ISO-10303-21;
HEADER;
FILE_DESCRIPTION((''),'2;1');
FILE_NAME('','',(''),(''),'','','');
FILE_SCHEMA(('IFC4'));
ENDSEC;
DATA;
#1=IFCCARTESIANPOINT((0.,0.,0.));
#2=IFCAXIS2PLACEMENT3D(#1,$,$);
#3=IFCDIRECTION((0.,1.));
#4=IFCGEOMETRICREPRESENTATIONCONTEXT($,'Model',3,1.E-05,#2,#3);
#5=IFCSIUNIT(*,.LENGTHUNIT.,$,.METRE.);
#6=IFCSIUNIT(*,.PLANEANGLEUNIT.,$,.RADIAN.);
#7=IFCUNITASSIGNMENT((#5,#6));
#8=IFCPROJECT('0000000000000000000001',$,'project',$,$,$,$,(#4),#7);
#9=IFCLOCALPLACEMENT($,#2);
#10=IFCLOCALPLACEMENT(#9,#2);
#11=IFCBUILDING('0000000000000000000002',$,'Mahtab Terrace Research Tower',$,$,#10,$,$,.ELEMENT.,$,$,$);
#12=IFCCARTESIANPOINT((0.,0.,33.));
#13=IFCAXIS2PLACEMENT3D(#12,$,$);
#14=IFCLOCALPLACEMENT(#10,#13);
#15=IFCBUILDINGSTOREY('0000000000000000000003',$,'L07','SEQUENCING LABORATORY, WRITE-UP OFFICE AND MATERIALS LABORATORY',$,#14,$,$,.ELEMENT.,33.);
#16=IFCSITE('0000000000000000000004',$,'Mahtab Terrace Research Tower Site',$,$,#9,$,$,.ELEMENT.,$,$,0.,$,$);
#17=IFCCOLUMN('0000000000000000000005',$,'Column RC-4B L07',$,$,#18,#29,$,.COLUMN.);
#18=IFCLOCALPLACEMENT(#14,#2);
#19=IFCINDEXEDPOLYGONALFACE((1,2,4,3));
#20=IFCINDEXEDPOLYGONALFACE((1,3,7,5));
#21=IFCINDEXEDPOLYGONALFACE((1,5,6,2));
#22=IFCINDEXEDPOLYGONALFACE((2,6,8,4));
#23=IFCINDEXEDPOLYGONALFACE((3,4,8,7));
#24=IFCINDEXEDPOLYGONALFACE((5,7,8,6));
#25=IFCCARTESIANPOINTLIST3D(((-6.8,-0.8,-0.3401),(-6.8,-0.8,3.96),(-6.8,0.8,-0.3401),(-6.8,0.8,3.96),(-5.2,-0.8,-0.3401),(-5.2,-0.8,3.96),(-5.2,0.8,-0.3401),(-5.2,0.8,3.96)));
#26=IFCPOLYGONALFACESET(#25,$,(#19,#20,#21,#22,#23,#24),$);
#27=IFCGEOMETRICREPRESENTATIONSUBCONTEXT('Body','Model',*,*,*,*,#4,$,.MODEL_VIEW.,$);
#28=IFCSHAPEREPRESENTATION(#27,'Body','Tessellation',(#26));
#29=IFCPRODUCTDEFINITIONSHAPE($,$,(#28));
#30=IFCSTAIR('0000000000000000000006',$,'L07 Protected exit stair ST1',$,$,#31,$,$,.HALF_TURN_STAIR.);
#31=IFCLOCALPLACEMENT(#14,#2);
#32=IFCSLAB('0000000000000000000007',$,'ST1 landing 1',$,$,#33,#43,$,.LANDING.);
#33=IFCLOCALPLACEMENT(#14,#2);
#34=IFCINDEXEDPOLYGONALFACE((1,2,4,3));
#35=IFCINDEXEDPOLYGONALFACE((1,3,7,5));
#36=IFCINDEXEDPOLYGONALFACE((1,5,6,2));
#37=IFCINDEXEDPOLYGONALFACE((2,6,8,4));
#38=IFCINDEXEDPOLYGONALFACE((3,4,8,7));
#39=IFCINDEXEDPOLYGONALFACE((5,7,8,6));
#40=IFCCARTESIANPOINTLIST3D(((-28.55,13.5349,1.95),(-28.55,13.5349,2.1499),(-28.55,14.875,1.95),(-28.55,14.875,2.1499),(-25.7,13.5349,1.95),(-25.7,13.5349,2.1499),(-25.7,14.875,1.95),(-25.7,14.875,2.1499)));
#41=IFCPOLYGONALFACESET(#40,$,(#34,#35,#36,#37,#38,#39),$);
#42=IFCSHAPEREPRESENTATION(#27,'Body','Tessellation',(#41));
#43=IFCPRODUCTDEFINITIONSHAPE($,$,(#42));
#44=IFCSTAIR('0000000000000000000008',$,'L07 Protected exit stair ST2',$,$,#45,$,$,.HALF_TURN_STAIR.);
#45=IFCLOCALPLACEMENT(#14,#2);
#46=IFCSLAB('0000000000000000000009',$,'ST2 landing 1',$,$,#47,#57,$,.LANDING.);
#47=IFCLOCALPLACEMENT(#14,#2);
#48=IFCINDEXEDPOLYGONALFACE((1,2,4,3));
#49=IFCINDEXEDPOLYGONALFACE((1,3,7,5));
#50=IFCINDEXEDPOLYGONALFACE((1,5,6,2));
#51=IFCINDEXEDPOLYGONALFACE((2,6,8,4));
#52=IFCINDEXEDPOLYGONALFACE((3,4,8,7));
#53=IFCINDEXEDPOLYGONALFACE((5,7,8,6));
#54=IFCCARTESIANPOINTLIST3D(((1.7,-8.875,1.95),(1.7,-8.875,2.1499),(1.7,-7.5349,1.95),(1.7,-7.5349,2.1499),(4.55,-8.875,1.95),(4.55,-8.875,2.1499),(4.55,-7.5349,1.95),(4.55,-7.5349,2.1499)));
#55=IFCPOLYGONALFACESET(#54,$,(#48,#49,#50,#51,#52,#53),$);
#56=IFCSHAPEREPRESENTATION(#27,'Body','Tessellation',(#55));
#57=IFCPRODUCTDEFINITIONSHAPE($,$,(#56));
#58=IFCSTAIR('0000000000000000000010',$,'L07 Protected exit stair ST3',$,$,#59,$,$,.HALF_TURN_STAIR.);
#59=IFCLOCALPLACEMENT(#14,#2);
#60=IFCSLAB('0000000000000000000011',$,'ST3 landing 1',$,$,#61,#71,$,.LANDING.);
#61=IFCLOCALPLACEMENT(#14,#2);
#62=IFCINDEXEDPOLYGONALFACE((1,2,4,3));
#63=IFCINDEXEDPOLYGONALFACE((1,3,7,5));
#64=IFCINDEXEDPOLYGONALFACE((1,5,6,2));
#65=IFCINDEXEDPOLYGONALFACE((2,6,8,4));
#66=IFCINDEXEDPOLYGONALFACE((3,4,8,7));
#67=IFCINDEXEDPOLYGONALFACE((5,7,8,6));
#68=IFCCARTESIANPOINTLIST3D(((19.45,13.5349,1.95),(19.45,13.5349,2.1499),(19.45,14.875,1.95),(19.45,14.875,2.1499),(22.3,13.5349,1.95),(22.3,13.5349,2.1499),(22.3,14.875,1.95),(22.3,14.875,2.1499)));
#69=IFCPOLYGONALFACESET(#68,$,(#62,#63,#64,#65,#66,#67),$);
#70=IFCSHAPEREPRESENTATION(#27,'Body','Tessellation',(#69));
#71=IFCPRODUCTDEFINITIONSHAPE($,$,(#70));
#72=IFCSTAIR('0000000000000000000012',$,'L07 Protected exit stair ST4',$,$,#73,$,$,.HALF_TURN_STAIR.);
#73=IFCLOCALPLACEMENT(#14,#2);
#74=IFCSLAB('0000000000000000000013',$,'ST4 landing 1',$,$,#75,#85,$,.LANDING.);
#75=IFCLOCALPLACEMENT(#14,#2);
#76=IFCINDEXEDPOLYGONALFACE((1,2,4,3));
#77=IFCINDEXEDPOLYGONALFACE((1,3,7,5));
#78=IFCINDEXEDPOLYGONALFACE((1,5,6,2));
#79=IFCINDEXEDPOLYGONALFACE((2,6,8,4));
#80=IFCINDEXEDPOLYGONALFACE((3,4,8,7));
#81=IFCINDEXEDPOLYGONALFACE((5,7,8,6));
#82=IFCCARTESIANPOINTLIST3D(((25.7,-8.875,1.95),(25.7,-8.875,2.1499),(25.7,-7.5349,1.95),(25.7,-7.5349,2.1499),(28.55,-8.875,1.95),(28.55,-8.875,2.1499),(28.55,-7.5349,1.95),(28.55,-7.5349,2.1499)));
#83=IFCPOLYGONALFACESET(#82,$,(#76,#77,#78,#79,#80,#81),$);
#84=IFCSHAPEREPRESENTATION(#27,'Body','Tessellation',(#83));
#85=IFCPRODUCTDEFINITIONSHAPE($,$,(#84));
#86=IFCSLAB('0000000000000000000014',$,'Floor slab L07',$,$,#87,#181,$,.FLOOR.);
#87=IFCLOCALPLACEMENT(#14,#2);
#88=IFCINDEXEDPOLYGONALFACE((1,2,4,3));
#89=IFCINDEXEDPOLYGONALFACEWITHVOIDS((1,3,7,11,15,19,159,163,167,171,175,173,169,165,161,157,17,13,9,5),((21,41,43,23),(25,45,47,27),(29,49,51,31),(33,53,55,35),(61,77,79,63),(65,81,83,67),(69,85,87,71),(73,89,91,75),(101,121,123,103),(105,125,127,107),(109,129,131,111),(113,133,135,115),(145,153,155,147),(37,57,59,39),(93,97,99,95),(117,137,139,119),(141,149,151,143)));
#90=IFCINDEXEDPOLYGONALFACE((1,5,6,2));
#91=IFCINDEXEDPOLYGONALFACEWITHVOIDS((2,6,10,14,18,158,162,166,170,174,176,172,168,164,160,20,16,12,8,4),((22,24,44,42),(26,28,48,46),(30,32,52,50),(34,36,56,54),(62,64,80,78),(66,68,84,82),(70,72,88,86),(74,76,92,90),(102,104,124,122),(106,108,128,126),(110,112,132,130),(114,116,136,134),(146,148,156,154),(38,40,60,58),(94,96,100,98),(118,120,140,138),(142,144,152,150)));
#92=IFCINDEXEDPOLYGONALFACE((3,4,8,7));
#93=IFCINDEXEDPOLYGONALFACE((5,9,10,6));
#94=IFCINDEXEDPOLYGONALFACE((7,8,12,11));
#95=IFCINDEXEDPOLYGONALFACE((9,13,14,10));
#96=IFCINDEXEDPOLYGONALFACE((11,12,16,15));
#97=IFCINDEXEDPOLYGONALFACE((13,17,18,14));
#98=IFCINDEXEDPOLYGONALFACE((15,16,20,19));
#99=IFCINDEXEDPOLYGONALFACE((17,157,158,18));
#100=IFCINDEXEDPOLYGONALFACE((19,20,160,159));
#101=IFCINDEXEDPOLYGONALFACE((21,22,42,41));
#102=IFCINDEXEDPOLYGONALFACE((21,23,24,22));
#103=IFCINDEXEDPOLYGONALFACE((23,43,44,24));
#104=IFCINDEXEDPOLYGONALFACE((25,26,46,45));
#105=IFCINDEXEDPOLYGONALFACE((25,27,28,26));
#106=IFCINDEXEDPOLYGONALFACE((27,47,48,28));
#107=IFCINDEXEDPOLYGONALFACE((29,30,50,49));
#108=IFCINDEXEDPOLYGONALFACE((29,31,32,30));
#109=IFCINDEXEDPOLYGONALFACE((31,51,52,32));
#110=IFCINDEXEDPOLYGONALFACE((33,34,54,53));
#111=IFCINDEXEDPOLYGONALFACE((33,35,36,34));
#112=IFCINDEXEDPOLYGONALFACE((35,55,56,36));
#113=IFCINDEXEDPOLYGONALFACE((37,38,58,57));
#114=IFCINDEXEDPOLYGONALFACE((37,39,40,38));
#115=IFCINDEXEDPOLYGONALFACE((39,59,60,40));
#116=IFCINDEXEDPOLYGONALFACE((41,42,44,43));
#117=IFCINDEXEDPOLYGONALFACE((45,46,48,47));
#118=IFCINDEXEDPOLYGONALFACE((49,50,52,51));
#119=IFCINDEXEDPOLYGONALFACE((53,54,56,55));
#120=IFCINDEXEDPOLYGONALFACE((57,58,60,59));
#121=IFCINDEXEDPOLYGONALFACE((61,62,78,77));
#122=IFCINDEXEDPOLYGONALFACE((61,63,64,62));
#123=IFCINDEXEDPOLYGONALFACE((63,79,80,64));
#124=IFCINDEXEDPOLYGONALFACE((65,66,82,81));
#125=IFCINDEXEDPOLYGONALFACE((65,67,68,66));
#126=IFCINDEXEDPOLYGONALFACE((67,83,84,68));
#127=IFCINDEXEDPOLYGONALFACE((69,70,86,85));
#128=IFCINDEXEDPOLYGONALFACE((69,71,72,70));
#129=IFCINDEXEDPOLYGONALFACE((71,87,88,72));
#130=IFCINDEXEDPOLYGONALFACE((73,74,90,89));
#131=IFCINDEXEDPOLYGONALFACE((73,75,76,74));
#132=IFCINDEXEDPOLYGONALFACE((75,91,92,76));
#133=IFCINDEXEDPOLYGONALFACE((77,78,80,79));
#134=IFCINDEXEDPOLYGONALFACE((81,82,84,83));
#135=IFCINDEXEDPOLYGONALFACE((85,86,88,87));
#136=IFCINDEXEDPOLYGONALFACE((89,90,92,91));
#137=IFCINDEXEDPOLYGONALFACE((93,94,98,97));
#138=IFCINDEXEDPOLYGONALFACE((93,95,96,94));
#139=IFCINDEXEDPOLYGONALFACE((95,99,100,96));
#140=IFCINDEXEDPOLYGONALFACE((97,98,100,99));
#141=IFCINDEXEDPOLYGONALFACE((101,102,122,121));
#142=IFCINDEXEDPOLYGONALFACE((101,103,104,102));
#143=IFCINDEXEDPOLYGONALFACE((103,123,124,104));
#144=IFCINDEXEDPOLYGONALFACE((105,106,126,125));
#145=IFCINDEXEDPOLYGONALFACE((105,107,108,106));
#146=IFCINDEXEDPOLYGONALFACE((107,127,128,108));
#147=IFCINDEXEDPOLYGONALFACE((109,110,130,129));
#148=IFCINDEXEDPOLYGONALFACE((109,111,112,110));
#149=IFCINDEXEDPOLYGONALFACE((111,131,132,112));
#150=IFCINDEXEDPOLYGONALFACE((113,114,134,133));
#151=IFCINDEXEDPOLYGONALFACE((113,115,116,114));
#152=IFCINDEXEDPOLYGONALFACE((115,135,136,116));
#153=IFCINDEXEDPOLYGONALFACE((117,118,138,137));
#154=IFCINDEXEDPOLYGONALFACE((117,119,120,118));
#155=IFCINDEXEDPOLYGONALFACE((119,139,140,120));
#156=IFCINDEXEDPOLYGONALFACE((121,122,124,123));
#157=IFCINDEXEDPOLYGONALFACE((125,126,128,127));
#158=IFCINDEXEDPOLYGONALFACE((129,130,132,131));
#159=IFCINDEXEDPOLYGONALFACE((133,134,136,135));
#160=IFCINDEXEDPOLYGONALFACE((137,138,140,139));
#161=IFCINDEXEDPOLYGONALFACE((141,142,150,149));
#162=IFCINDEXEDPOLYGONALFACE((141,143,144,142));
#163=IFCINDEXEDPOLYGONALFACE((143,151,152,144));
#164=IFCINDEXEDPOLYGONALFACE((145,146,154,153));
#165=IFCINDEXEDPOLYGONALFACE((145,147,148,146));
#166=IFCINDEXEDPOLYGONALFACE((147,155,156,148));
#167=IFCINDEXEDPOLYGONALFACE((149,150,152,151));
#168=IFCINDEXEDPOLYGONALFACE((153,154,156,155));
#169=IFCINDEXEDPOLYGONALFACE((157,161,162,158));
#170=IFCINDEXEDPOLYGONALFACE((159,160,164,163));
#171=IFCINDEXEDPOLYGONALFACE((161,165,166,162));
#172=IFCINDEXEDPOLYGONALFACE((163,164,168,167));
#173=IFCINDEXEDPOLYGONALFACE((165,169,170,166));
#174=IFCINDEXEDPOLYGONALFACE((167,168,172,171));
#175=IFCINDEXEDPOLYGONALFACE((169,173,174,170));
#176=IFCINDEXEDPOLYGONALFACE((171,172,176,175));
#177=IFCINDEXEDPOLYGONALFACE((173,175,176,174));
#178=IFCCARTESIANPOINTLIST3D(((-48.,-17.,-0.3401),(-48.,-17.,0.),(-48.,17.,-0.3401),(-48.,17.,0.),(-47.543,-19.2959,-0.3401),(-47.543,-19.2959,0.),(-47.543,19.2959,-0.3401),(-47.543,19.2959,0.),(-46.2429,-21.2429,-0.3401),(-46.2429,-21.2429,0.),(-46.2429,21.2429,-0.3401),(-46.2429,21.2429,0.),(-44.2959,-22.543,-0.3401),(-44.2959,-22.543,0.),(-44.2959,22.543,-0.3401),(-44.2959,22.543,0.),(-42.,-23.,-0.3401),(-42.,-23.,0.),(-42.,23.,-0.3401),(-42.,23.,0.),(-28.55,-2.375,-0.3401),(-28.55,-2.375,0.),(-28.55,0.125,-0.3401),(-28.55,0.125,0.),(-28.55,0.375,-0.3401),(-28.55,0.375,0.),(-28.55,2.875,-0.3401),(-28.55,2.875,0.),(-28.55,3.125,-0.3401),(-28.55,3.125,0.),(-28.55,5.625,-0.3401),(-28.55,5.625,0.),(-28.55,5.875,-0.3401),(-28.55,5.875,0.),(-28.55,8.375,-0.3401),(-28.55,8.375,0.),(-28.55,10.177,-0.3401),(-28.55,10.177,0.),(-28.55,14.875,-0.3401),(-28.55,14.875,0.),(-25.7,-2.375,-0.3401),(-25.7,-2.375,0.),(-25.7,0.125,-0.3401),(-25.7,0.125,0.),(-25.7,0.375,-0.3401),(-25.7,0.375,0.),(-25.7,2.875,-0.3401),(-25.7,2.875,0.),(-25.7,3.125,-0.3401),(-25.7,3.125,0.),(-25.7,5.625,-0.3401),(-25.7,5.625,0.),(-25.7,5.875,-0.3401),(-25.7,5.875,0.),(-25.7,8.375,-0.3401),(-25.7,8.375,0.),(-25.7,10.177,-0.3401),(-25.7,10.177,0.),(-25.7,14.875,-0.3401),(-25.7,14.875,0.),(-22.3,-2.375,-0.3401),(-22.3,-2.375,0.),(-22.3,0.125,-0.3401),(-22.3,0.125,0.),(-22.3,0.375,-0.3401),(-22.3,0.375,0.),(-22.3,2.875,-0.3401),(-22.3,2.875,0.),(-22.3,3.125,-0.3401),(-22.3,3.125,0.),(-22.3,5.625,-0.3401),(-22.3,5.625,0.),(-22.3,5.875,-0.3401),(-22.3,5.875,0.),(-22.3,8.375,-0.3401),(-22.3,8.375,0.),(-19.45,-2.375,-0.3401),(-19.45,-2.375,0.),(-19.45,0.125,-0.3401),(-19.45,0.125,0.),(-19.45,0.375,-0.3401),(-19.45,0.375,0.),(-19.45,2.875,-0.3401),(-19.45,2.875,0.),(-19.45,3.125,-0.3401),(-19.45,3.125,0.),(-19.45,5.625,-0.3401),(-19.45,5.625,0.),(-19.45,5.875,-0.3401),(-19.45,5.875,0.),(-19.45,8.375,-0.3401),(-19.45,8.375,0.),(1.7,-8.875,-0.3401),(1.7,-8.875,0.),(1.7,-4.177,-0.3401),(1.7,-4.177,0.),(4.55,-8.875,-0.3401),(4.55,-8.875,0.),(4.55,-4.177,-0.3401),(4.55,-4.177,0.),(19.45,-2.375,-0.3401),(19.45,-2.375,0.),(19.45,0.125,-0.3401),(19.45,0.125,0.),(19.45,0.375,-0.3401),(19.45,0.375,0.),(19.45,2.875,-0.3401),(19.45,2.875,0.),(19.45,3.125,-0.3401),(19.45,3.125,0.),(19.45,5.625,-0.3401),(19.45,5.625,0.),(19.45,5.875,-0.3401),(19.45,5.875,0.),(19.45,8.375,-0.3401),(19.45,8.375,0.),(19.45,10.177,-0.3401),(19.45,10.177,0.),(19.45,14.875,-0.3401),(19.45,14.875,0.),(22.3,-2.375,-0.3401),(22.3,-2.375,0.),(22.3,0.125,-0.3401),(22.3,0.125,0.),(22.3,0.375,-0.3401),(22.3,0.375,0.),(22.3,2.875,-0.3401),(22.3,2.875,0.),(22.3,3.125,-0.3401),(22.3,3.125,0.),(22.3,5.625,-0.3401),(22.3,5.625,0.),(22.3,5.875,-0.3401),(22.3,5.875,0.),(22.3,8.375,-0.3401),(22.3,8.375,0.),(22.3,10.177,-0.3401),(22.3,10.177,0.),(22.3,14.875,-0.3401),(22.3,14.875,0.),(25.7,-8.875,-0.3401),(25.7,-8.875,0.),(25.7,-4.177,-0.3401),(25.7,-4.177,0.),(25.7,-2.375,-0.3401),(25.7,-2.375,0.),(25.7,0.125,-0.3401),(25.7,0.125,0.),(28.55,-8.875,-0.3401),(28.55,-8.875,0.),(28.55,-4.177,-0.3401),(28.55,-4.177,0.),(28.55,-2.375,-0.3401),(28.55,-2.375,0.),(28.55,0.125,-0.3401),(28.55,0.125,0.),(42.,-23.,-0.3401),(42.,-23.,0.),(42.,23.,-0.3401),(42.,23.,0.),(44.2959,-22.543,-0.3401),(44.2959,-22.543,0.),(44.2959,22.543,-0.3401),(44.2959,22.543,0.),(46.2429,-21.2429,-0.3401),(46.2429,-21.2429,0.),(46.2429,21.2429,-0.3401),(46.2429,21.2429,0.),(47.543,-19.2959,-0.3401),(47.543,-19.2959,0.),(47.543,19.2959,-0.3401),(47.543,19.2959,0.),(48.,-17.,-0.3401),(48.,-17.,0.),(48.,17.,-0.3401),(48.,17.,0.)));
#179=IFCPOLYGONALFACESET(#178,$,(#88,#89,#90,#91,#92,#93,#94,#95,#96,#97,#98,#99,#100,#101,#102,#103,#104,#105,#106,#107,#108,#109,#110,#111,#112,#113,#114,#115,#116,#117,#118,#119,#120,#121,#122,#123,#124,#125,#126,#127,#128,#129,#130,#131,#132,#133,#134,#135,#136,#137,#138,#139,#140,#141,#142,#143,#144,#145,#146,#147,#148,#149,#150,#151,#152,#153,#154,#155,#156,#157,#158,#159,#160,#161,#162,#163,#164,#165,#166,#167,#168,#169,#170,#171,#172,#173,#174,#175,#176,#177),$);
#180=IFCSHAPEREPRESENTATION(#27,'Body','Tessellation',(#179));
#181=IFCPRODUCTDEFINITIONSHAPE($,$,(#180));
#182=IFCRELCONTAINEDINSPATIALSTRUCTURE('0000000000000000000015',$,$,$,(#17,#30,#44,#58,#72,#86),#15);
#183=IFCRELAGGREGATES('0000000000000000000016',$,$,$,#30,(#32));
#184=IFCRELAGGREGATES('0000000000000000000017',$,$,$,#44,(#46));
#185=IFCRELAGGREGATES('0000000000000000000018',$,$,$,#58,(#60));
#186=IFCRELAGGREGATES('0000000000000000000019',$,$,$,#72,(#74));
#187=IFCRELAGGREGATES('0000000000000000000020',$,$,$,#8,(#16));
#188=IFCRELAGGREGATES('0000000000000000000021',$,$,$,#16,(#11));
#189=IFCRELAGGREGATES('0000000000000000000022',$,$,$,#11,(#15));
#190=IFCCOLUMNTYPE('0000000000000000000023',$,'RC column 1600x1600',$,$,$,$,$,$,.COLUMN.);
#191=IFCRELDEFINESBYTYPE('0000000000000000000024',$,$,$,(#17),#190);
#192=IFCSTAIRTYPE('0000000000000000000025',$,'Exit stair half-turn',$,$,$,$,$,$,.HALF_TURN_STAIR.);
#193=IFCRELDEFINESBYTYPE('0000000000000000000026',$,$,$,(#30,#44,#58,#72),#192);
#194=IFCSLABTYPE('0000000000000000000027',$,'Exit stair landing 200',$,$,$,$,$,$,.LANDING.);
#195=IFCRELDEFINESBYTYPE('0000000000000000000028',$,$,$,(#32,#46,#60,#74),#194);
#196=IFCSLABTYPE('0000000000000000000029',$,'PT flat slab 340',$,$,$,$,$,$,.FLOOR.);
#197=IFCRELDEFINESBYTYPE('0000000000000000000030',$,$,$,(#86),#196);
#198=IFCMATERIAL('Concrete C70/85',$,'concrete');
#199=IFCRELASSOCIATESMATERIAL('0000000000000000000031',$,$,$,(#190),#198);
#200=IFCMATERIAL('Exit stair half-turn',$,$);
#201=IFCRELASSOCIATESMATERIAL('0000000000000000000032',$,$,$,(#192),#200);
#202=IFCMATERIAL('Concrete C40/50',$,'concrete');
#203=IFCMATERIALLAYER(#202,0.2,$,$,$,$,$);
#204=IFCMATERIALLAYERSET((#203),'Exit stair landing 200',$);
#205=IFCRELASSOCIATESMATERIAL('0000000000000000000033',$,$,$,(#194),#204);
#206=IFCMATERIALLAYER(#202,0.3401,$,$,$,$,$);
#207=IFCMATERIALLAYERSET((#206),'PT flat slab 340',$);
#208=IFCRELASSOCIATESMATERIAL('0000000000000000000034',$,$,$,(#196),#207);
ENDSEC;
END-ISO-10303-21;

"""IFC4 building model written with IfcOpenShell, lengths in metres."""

from ifc_helpers import new_model, si_unit, direction, frame, origin, origin_2d, place, context, subcontext, project, spatial, polyline, rectangle, outline, extrude, material, layer, layer_set, material_profile, profile_set, type_object, element, aggregate, save


model = new_model("IFC4")

# Units and contexts
model_context = context("Model", 3, precision=1e-05, world=origin(), true_north=direction((0.0, 1.0)))
body_context = subcontext(model_context, "Body", "Model", "MODEL_VIEW")
ifc_project = project(units=[si_unit("LENGTHUNIT", "METRE"), si_unit("PLANEANGLEUNIT", "RADIAN")], contexts=[model_context])

# Site, building, storey
site_placement = place(None, origin())
site = spatial("IfcSite", under=ifc_project, at=site_placement, Name="Mahtab Terrace Research Tower Site", CompositionType="ELEMENT", RefElevation=0.0)
building_placement = place(site_placement, origin())
building = spatial("IfcBuilding", under=site, at=building_placement, Name="Mahtab Terrace Research Tower", CompositionType="ELEMENT")
storey_placement = place(building_placement, frame((0.0, 0.0, 33.0)))
storey = spatial("IfcBuildingStorey", under=building, at=storey_placement, Name="L07", Description="SEQUENCING LABORATORY, WRITE-UP OFFICE AND MATERIALS LABORATORY", CompositionType="ELEMENT", Elevation=33.0)

# Column
ifc_material_1 = material(Name="Concrete C70/85", Category="concrete")
ifc_material_profile = material_profile(ifc_material_1, rectangle(XDim=1.6001, YDim=1.6001, at=origin_2d()), Name="RC column 1600x1600")
ifc_profile_set = profile_set([ifc_material_profile], Name="Concrete C70/85")
column_type = type_object("IfcColumnType", Name="RC column 1600x1600", PredefinedType="COLUMN", material=ifc_profile_set)
column_placement = place(storey_placement, frame((-6.0, 0.0, -0.3401), z_axis=(0.0, 0.0, 1.0), x_axis=(1.0, 0.0, 0.0)))
element("IfcColumn", 1, at=column_placement, inside=storey, type_object=column_type, Name="Column RC-4B L07", PredefinedType="COLUMN", context=body_context, shape_type="SweptSolid", body=[
    extrude(rectangle(XDim=1.6001, YDim=1.6001, at=origin_2d()), origin(), (0.0, 0.0, 1.0), 4.3),
])

# Stairs, slabs
ifc_material_2 = material(Name="Exit stair half-turn")
stair_type = type_object("IfcStairType", Name="Exit stair half-turn", PredefinedType="HALF_TURN_STAIR", material=ifc_material_2)
stair_1_placement = place(storey_placement, origin())
stair_1 = element("IfcStair", 2, at=stair_1_placement, inside=storey, type_object=stair_type, Name="L07 Protected exit stair ST1", PredefinedType="HALF_TURN_STAIR")
ifc_material_3 = material(Name="Concrete C40/50", Category="concrete")
ifc_layer_1 = layer(ifc_material_3, 0.2)
ifc_layer_set_1 = layer_set([ifc_layer_1], Name="Exit stair landing 200")
slab_type_1 = type_object("IfcSlabType", Name="Exit stair landing 200", PredefinedType="LANDING", material=ifc_layer_set_1)
slab_1_placement = place(storey_placement, frame((0.0, 0.0, 1.95)))
slab_1 = element("IfcSlab", 3, at=slab_1_placement, type_object=slab_type_1, Name="ST1 landing 1", PredefinedType="LANDING", context=body_context, shape_type="SweptSolid", body=[
    extrude(outline(polyline([(-25.7, 13.5349), (-25.7, 14.875), (-28.55, 14.875), (-28.55, 13.5349), (-25.7, 13.5349)])), origin(), (0.0, 0.0, 1.0), 0.2),
])
aggregate(stair_1, [slab_1])
stair_2_placement = place(storey_placement, origin())
stair_2 = element("IfcStair", 4, at=stair_2_placement, inside=storey, type_object=stair_type, Name="L07 Protected exit stair ST2", PredefinedType="HALF_TURN_STAIR")
slab_2_placement = place(storey_placement, frame((0.0, 0.0, 1.95)))
slab_2 = element("IfcSlab", 5, at=slab_2_placement, type_object=slab_type_1, Name="ST2 landing 1", PredefinedType="LANDING", context=body_context, shape_type="SweptSolid", body=[
    extrude(outline(polyline([(1.7, -7.5349), (1.7, -8.875), (4.55, -8.875), (4.55, -7.5349), (1.7, -7.5349)])), origin(), (0.0, 0.0, 1.0), 0.2),
])
aggregate(stair_2, [slab_2])
stair_3_placement = place(storey_placement, origin())
stair_3 = element("IfcStair", 6, at=stair_3_placement, inside=storey, type_object=stair_type, Name="L07 Protected exit stair ST3", PredefinedType="HALF_TURN_STAIR")
slab_3_placement = place(storey_placement, frame((0.0, 0.0, 1.95)))
slab_3 = element("IfcSlab", 7, at=slab_3_placement, type_object=slab_type_1, Name="ST3 landing 1", PredefinedType="LANDING", context=body_context, shape_type="SweptSolid", body=[
    extrude(outline(polyline([(22.3, 13.5349), (22.3, 14.875), (19.45, 14.875), (19.45, 13.5349), (22.3, 13.5349)])), origin(), (0.0, 0.0, 1.0), 0.2),
])
aggregate(stair_3, [slab_3])
stair_4_placement = place(storey_placement, origin())
stair_4 = element("IfcStair", 8, at=stair_4_placement, inside=storey, type_object=stair_type, Name="L07 Protected exit stair ST4", PredefinedType="HALF_TURN_STAIR")
slab_4_placement = place(storey_placement, frame((0.0, 0.0, 1.95)))
slab_4 = element("IfcSlab", 9, at=slab_4_placement, type_object=slab_type_1, Name="ST4 landing 1", PredefinedType="LANDING", context=body_context, shape_type="SweptSolid", body=[
    extrude(outline(polyline([(25.7, -7.5349), (25.7, -8.875), (28.55, -8.875), (28.55, -7.5349), (25.7, -7.5349)])), origin(), (0.0, 0.0, 1.0), 0.2),
])
aggregate(stair_4, [slab_4])

# Slab
ifc_layer_2 = layer(ifc_material_3, 0.3401)
ifc_layer_set_2 = layer_set([ifc_layer_2], Name="PT flat slab 340")
slab_type_2 = type_object("IfcSlabType", Name="PT flat slab 340", PredefinedType="FLOOR", material=ifc_layer_set_2)
slab_5_placement = place(storey_placement, frame((0.0, 0.0, -0.3401)))
element("IfcSlab", 10, at=slab_5_placement, inside=storey, type_object=slab_type_2, Name="Floor slab L07", PredefinedType="FLOOR", context=body_context, shape_type="SweptSolid", body=[
    extrude(outline(polyline([(47.543, 19.2959), (46.2429, 21.2429), (44.2959, 22.543), (42.0, 23.0), (-42.0, 23.0), (-44.2959, 22.543), (-46.2429, 21.2429), (-47.543, 19.2959), (-48.0, 17.0), (-48.0, -17.0), (-47.543, -19.2959), (-46.2429, -21.2429), (-44.2959, -22.543), (-42.0, -23.0), (42.0, -23.0), (44.2959, -22.543), (46.2429, -21.2429), (47.543, -19.2959), (48.0, -17.0), (48.0, 17.0), (47.543, 19.2959)]), holes=[polyline([(-28.55, -2.375), (-28.55, 0.125), (-25.7, 0.125), (-25.7, -2.375), (-28.55, -2.375)]), polyline([(-22.3, -2.375), (-22.3, 0.125), (-19.45, 0.125), (-19.45, -2.375), (-22.3, -2.375)]), polyline([(-28.55, 0.375), (-28.55, 2.875), (-25.7, 2.875), (-25.7, 0.375), (-28.55, 0.375)]), polyline([(-22.3, 0.375), (-22.3, 2.875), (-19.45, 2.875), (-19.45, 0.375), (-22.3, 0.375)]), polyline([(-28.55, 3.125), (-28.55, 5.625), (-25.7, 5.625), (-25.7, 3.125), (-28.55, 3.125)]), polyline([(-22.3, 3.125), (-22.3, 5.625), (-19.45, 5.625), (-19.45, 3.125), (-22.3, 3.125)]), polyline([(-28.55, 5.875), (-28.55, 8.375), (-25.7, 8.375), (-25.7, 5.875), (-28.55, 5.875)]), polyline([(-22.3, 5.875), (-22.3, 8.375), (-19.45, 8.375), (-19.45, 5.875), (-22.3, 5.875)]), polyline([(-28.55, 10.177), (-28.55, 14.875), (-25.7, 14.875), (-25.7, 10.177), (-28.55, 10.177)]), polyline([(1.7, -8.875), (1.7, -4.177), (4.55, -4.177), (4.55, -8.875), (1.7, -8.875)]), polyline([(25.7, -8.875), (25.7, -4.177), (28.55, -4.177), (28.55, -8.875), (25.7, -8.875)]), polyline([(19.45, -2.375), (19.45, 0.125), (22.3, 0.125), (22.3, -2.375), (19.45, -2.375)]), polyline([(25.7, -2.375), (25.7, 0.125), (28.55, 0.125), (28.55, -2.375), (25.7, -2.375)]), polyline([(19.45, 0.375), (19.45, 2.875), (22.3, 2.875), (22.3, 0.375), (19.45, 0.375)]), polyline([(19.45, 3.125), (19.45, 5.625), (22.3, 5.625), (22.3, 3.125), (19.45, 3.125)]), polyline([(19.45, 8.375), (22.3, 8.375), (22.3, 5.875), (19.45, 5.875), (19.45, 8.375)]), polyline([(19.45, 14.875), (22.3, 14.875), (22.3, 10.177), (19.45, 10.177), (19.45, 14.875)])]), origin(), (0.0, 0.0, 1.0), 0.3401),
])

save(model, "model.ifc")
